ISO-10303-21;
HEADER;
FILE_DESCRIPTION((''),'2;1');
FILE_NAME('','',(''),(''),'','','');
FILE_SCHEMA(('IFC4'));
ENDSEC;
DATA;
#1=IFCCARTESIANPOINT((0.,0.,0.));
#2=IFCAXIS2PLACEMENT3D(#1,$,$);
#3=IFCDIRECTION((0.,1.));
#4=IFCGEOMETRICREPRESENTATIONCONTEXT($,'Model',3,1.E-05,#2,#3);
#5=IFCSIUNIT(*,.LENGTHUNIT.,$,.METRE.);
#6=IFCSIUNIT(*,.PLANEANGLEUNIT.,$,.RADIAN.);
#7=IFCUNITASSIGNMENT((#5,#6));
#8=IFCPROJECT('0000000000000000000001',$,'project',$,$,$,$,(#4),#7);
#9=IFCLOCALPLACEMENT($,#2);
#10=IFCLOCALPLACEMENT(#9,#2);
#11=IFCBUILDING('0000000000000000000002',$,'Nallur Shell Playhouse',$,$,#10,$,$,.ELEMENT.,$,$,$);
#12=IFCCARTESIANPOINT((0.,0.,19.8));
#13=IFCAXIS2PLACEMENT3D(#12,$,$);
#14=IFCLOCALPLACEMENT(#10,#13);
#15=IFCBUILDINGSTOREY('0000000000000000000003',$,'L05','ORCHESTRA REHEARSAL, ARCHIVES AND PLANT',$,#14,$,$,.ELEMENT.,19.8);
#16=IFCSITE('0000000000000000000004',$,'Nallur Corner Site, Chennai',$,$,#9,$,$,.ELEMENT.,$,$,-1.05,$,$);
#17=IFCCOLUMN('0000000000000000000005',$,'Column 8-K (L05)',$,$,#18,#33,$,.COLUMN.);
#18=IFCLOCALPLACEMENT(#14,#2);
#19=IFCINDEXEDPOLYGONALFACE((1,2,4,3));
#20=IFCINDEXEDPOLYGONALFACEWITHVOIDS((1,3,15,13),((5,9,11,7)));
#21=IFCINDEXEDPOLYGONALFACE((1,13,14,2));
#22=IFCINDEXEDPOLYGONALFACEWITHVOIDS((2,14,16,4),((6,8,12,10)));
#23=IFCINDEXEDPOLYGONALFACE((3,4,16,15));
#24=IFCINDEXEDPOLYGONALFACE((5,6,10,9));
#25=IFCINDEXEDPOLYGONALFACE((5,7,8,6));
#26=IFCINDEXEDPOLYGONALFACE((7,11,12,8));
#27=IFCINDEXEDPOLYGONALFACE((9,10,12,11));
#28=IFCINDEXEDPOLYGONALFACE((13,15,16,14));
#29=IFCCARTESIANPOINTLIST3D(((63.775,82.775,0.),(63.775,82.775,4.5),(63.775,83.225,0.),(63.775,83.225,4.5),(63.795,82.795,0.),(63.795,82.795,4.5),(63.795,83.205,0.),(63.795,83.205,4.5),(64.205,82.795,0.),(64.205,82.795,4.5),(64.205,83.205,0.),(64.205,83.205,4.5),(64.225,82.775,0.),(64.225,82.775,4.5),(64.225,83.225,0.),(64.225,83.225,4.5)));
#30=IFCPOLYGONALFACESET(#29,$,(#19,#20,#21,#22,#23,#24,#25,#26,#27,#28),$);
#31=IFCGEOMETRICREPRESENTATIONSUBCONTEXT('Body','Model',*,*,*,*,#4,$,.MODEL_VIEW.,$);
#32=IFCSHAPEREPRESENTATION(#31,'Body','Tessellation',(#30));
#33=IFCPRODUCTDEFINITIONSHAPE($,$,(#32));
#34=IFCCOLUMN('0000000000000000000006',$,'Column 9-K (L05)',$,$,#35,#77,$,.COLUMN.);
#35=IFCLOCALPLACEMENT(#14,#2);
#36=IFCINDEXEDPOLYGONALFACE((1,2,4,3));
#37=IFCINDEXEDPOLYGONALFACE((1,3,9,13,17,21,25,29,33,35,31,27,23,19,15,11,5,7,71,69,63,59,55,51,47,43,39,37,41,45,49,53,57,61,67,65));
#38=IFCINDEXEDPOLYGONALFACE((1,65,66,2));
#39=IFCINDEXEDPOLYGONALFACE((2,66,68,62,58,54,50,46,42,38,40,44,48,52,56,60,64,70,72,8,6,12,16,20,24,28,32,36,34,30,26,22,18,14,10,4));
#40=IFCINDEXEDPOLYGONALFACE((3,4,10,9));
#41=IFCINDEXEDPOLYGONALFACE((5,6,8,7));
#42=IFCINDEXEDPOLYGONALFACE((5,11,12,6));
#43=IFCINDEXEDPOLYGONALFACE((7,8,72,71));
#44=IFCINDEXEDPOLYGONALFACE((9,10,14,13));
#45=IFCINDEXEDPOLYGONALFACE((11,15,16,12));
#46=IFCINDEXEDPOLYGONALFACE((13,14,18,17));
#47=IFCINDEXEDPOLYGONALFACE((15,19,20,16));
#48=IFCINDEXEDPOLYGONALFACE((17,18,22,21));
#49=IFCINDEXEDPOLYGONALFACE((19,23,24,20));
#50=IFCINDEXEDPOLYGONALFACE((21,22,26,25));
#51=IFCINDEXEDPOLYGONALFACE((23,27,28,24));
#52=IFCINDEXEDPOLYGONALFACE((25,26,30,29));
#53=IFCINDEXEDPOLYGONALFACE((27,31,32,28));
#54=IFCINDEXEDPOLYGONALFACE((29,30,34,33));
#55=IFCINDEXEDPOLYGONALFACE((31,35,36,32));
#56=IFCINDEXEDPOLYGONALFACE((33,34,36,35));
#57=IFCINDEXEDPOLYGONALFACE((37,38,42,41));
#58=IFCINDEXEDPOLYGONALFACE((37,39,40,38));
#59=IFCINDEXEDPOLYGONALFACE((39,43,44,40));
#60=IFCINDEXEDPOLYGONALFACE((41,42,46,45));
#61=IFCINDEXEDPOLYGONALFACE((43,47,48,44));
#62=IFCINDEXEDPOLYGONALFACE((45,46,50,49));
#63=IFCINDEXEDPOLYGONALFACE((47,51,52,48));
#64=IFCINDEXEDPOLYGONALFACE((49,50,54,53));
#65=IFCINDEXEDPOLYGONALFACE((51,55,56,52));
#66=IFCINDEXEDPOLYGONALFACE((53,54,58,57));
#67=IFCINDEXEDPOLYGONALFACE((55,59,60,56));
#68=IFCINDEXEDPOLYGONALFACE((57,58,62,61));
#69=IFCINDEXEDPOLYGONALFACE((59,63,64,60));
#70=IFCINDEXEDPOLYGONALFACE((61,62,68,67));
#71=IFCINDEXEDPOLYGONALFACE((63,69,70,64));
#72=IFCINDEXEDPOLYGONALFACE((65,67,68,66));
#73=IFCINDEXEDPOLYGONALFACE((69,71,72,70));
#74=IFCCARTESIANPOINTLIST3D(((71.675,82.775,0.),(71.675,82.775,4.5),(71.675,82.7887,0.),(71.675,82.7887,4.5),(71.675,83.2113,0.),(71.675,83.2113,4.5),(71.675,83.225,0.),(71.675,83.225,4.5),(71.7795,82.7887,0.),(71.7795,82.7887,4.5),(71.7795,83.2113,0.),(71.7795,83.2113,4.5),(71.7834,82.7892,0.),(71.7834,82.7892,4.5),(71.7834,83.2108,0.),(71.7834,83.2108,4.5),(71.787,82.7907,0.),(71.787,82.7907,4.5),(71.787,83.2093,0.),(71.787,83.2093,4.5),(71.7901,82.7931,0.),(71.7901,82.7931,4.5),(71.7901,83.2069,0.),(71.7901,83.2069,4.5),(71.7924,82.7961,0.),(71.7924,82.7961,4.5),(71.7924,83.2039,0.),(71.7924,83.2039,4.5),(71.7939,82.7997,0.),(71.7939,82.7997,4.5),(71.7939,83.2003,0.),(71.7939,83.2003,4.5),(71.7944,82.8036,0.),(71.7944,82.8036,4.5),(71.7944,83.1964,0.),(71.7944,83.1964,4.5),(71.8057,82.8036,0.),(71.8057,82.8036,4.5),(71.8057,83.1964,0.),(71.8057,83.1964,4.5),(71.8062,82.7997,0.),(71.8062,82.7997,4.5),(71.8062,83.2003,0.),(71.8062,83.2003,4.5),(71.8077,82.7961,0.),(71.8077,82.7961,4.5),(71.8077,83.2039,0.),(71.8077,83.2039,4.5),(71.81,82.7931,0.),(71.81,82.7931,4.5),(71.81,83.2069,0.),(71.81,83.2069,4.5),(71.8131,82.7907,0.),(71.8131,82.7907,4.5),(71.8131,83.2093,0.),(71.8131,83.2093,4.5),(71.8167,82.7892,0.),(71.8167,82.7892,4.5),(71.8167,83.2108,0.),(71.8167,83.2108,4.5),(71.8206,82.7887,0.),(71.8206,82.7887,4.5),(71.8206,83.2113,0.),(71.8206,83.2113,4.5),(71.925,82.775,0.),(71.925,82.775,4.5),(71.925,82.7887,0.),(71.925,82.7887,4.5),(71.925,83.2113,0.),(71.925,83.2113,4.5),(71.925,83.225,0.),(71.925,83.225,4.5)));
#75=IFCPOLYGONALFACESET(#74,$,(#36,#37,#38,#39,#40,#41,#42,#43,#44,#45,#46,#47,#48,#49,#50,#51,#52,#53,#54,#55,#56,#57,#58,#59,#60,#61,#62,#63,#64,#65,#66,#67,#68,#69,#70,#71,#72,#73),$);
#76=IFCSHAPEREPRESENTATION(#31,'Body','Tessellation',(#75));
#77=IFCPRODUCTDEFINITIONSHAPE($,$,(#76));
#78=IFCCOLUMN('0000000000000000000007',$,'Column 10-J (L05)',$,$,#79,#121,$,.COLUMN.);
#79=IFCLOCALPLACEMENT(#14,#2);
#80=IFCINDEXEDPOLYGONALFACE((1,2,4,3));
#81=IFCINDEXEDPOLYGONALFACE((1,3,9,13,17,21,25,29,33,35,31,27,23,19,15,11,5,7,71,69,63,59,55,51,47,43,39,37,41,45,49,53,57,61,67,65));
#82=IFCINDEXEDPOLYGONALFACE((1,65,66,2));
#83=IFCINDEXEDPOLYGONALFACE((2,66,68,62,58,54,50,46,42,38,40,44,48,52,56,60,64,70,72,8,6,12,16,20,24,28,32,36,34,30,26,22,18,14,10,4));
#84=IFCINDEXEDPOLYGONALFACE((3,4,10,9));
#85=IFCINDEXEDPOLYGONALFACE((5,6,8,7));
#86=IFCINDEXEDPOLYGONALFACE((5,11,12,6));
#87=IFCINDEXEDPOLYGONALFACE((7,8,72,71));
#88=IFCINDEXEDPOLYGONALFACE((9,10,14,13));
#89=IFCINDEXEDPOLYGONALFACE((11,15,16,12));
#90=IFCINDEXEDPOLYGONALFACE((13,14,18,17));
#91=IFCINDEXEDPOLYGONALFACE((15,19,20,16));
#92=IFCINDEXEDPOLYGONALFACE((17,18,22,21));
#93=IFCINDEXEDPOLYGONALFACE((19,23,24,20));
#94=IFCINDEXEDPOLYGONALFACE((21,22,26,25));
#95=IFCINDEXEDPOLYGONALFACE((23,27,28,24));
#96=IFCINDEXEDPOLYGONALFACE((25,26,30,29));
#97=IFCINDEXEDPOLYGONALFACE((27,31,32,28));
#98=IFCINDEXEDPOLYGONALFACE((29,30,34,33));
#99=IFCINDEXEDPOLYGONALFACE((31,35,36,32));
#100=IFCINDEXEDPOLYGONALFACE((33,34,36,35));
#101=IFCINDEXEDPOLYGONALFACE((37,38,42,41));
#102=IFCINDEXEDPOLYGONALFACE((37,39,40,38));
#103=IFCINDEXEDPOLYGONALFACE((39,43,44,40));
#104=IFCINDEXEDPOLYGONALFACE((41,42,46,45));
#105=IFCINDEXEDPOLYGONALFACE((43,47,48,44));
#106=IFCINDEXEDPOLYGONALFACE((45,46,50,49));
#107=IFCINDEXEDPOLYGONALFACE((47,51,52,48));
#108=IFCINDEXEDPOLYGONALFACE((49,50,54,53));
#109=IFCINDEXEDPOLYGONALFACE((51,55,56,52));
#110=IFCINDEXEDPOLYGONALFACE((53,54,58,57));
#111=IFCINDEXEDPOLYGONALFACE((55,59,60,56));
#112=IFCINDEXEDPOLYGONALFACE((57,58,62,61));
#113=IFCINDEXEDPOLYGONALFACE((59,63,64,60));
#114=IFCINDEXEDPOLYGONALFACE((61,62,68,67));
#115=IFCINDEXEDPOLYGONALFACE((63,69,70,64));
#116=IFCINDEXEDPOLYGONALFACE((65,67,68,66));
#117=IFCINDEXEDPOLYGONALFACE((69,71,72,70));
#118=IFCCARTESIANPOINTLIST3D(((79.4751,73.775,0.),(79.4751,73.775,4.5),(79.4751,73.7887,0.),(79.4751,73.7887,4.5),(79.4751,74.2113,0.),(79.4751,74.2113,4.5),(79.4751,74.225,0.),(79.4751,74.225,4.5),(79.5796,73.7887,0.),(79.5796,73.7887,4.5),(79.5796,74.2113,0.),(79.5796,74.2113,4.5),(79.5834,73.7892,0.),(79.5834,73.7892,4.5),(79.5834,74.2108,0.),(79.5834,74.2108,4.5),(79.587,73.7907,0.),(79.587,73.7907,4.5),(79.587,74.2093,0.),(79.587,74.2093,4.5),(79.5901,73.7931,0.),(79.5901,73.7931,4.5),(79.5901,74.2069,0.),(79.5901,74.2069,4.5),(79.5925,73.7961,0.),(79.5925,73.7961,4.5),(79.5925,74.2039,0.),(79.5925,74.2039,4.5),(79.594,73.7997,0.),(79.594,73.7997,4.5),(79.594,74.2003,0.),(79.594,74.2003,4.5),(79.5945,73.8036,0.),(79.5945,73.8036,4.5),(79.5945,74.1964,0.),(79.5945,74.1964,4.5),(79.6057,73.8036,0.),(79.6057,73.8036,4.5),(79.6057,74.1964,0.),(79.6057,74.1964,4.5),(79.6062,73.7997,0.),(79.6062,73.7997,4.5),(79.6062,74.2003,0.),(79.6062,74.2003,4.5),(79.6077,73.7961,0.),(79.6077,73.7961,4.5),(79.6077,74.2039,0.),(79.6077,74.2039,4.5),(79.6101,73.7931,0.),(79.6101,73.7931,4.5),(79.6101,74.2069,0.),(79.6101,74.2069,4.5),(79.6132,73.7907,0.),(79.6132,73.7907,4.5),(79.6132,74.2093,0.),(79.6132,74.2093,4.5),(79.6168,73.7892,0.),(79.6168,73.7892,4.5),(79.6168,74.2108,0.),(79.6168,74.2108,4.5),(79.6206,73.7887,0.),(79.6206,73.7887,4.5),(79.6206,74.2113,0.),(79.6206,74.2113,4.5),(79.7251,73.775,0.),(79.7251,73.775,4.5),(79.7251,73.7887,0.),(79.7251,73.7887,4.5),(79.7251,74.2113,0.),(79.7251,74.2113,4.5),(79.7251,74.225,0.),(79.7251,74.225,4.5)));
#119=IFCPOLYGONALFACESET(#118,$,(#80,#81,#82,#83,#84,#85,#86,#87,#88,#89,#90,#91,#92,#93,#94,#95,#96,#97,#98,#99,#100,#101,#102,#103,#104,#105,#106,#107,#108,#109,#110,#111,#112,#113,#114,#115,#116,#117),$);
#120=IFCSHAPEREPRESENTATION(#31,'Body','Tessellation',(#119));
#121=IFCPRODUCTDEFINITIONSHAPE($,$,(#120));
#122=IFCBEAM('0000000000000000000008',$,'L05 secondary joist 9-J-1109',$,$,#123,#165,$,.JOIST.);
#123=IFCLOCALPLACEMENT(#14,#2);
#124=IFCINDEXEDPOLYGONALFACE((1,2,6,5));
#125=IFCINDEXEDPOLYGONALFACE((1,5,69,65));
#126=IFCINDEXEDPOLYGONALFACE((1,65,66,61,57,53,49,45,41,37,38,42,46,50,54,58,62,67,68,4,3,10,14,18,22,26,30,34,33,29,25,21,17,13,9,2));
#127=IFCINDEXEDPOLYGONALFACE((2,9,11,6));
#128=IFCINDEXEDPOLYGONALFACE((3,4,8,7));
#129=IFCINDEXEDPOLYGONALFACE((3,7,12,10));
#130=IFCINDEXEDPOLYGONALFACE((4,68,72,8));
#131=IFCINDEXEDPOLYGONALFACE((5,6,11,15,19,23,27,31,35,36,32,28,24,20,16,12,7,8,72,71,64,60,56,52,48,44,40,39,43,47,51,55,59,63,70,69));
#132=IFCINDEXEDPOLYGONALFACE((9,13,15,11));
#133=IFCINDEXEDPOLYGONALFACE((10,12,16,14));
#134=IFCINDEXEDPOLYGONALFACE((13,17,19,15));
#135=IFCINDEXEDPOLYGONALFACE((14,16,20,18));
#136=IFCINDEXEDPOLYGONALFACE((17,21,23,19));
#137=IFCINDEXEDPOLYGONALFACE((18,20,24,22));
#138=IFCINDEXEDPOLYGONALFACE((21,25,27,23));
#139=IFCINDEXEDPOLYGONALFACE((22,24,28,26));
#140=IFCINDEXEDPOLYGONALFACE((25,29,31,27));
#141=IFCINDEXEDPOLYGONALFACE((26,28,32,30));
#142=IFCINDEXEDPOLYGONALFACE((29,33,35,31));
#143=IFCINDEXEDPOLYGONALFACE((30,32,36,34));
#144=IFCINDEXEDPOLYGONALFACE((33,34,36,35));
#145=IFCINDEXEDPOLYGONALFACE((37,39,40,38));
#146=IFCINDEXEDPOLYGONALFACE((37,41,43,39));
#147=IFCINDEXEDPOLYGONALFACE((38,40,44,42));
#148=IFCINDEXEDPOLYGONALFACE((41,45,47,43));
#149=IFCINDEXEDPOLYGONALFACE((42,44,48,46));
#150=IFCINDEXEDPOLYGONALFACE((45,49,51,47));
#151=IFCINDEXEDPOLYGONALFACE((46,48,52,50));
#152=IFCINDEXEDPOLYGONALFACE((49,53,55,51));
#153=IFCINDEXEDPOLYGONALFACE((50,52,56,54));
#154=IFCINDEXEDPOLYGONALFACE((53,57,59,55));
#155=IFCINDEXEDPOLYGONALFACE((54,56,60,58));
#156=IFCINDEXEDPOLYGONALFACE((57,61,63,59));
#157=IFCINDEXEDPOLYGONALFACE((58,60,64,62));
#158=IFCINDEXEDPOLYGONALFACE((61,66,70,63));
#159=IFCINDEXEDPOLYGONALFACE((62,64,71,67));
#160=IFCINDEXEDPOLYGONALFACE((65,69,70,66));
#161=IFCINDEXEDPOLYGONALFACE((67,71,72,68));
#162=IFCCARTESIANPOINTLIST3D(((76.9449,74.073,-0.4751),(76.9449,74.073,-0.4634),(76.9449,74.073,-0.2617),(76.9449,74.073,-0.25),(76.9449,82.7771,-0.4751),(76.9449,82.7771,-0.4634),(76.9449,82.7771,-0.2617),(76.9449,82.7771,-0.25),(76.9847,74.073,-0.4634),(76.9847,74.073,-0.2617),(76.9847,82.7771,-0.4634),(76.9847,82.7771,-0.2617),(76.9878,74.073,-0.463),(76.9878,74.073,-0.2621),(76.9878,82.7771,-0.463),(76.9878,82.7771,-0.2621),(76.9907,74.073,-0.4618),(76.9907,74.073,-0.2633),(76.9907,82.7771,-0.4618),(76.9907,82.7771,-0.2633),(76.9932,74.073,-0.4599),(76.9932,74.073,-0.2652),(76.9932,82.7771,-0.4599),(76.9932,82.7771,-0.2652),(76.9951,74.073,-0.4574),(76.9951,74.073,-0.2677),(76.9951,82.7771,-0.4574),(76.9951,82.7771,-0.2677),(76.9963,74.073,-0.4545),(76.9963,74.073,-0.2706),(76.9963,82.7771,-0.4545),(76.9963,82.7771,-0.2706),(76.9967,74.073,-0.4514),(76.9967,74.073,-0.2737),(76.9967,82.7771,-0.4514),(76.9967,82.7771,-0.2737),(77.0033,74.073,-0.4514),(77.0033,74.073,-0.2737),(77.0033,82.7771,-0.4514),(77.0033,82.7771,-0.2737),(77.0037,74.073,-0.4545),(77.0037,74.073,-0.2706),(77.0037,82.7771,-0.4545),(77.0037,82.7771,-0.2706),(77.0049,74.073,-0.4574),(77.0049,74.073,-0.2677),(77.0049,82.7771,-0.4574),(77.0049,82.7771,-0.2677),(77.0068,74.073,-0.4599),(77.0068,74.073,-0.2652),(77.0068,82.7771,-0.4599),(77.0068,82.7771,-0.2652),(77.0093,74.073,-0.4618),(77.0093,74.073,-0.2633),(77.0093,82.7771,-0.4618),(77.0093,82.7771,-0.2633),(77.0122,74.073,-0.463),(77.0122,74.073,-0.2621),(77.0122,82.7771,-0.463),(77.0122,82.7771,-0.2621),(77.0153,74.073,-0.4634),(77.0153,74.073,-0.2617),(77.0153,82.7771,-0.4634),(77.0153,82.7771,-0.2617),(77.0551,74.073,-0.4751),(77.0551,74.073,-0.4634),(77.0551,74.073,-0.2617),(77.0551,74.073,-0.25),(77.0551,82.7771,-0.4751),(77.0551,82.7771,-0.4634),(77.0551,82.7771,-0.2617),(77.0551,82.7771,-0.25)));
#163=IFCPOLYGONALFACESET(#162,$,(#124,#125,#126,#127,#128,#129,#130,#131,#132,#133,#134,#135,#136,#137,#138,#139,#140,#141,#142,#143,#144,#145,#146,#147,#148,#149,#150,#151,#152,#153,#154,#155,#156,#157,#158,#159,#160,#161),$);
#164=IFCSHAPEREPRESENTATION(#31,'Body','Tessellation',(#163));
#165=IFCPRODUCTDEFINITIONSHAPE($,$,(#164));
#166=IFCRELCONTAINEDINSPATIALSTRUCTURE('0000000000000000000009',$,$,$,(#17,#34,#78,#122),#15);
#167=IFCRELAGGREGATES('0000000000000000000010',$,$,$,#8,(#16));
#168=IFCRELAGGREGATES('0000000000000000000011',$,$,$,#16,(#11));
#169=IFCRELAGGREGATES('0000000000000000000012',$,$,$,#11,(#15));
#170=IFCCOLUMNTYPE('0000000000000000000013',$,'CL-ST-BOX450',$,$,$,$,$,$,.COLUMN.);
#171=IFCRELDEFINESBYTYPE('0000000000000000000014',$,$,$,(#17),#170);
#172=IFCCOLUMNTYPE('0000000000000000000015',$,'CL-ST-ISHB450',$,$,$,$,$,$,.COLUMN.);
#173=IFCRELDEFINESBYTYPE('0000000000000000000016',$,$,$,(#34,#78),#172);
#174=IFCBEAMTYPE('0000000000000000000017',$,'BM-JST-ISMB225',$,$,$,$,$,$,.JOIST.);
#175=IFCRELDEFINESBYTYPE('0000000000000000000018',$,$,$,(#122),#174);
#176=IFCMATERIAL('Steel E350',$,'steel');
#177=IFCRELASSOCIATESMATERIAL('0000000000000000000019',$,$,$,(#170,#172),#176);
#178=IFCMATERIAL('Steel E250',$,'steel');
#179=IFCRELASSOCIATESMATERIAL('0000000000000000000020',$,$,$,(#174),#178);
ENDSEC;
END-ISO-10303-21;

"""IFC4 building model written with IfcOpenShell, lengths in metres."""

from ifc_helpers import new_model, si_unit, direction, frame, origin, origin_2d, place, context, subcontext, project, spatial, hollow_rectangle, i_section, extrude, material, material_profile, profile_set, type_object, element, save


model = new_model("IFC4")

# Units and contexts
model_context = context("Model", 3, precision=1e-05, world=origin(), true_north=direction((0.0, 1.0)))
body_context = subcontext(model_context, "Body", "Model", "MODEL_VIEW")
ifc_project = project(units=[si_unit("LENGTHUNIT", "METRE"), si_unit("PLANEANGLEUNIT", "RADIAN")], contexts=[model_context])

# Site, building, storey
site_placement = place(None, origin())
site = spatial("IfcSite", under=ifc_project, at=site_placement, Name="Nallur Corner Site, Chennai", CompositionType="ELEMENT", RefElevation=-1.05)
building_placement = place(site_placement, origin())
building = spatial("IfcBuilding", under=site, at=building_placement, Name="Nallur Shell Playhouse", CompositionType="ELEMENT")
storey_placement = place(building_placement, frame((0.0, 0.0, 19.8)))
storey = spatial("IfcBuildingStorey", under=building, at=storey_placement, Name="L05", Description="ORCHESTRA REHEARSAL, ARCHIVES AND PLANT", CompositionType="ELEMENT", Elevation=19.8)

# Columns
ifc_material_1 = material(Name="Steel E350", Category="steel")
ifc_material_profile_1 = material_profile(ifc_material_1, hollow_rectangle(XDim=0.45, YDim=0.45, WallThickness=0.02, at=origin_2d()), Name="BOX 450x450x20")
ifc_profile_set_1 = profile_set([ifc_material_profile_1], Name="Steel E350")
column_type_1 = type_object("IfcColumnType", Name="CL-ST-BOX450", PredefinedType="COLUMN", material=ifc_profile_set_1)
column_placement = place(storey_placement, frame((64.0, 83.0, 0.0), z_axis=(0.0, 0.0, 1.0), x_axis=(1.0, 0.0, 0.0)))
element("IfcColumn", 1, at=column_placement, inside=storey, type_object=column_type_1, Name="Column 8-K (L05)", PredefinedType="COLUMN", context=body_context, shape_type="SweptSolid", body=[
    extrude(hollow_rectangle(XDim=0.45, YDim=0.45, WallThickness=0.02, at=origin_2d()), origin(), (0.0, 0.0, 1.0), 4.5),
])
ifc_material_profile_2 = material_profile(ifc_material_1, i_section(OverallWidth=0.25, OverallDepth=0.45, WebThickness=0.0112, FlangeThickness=0.0137, FilletRadius=0.0149, at=origin_2d()), Name="ISHB 450")
ifc_profile_set_2 = profile_set([ifc_material_profile_2], Name="Steel E350")
column_type_2 = type_object("IfcColumnType", Name="CL-ST-ISHB450", PredefinedType="COLUMN", material=ifc_profile_set_2)
for number, where, z_axis, x_axis, name in (
    (2, (71.8, 83.0, 0.0), (0.0, 0.0, 1.0), (1.0, 0.0, 0.0), "Column 9-K (L05)"),
    (3, (79.6001, 74.0, 0.0), (0.0, 0.0, 1.0), (1.0, 0.0, 0.0), "Column 10-J (L05)"),
):
    element("IfcColumn", number, at=place(storey_placement, frame(where, z_axis=z_axis, x_axis=x_axis)), inside=storey, type_object=column_type_2, Name=name, PredefinedType="COLUMN", context=body_context, shape_type="SweptSolid", body=[
        extrude(i_section(OverallWidth=0.25, OverallDepth=0.45, WebThickness=0.0112, FlangeThickness=0.0137, FilletRadius=0.0149, at=origin_2d()), origin(), (0.0, 0.0, 1.0), 4.5),
    ])

# Beam
ifc_material_2 = material(Name="Steel E250", Category="steel")
ifc_material_profile_3 = material_profile(ifc_material_2, i_section(OverallWidth=0.1101, OverallDepth=0.2251, WebThickness=0.0066, FlangeThickness=0.0117, FilletRadius=0.012, at=origin_2d()), Name="ISMB 225")
ifc_profile_set_3 = profile_set([ifc_material_profile_3], Name="Steel E250")
beam_type_1 = type_object("IfcBeamType", Name="BM-JST-ISMB225", PredefinedType="JOIST", material=ifc_profile_set_3)
beam_1_placement = place(storey_placement, frame((77.0, 74.073, -0.3625), z_axis=(0.0, 1.0, 0.0), x_axis=(-1.0, 0.0, 0.0)))
element("IfcBeam", 4, at=beam_1_placement, inside=storey, type_object=beam_type_1, Name="L05 secondary joist 9-J-1109", PredefinedType="JOIST", context=body_context, shape_type="SweptSolid", body=[
    extrude(i_section(OverallWidth=0.1101, OverallDepth=0.2251, WebThickness=0.0066, FlangeThickness=0.0117, FilletRadius=0.012, at=origin_2d()), origin(), (0.0, 0.0, 1.0), 8.7041),
])

save(model, "model.ifc")
